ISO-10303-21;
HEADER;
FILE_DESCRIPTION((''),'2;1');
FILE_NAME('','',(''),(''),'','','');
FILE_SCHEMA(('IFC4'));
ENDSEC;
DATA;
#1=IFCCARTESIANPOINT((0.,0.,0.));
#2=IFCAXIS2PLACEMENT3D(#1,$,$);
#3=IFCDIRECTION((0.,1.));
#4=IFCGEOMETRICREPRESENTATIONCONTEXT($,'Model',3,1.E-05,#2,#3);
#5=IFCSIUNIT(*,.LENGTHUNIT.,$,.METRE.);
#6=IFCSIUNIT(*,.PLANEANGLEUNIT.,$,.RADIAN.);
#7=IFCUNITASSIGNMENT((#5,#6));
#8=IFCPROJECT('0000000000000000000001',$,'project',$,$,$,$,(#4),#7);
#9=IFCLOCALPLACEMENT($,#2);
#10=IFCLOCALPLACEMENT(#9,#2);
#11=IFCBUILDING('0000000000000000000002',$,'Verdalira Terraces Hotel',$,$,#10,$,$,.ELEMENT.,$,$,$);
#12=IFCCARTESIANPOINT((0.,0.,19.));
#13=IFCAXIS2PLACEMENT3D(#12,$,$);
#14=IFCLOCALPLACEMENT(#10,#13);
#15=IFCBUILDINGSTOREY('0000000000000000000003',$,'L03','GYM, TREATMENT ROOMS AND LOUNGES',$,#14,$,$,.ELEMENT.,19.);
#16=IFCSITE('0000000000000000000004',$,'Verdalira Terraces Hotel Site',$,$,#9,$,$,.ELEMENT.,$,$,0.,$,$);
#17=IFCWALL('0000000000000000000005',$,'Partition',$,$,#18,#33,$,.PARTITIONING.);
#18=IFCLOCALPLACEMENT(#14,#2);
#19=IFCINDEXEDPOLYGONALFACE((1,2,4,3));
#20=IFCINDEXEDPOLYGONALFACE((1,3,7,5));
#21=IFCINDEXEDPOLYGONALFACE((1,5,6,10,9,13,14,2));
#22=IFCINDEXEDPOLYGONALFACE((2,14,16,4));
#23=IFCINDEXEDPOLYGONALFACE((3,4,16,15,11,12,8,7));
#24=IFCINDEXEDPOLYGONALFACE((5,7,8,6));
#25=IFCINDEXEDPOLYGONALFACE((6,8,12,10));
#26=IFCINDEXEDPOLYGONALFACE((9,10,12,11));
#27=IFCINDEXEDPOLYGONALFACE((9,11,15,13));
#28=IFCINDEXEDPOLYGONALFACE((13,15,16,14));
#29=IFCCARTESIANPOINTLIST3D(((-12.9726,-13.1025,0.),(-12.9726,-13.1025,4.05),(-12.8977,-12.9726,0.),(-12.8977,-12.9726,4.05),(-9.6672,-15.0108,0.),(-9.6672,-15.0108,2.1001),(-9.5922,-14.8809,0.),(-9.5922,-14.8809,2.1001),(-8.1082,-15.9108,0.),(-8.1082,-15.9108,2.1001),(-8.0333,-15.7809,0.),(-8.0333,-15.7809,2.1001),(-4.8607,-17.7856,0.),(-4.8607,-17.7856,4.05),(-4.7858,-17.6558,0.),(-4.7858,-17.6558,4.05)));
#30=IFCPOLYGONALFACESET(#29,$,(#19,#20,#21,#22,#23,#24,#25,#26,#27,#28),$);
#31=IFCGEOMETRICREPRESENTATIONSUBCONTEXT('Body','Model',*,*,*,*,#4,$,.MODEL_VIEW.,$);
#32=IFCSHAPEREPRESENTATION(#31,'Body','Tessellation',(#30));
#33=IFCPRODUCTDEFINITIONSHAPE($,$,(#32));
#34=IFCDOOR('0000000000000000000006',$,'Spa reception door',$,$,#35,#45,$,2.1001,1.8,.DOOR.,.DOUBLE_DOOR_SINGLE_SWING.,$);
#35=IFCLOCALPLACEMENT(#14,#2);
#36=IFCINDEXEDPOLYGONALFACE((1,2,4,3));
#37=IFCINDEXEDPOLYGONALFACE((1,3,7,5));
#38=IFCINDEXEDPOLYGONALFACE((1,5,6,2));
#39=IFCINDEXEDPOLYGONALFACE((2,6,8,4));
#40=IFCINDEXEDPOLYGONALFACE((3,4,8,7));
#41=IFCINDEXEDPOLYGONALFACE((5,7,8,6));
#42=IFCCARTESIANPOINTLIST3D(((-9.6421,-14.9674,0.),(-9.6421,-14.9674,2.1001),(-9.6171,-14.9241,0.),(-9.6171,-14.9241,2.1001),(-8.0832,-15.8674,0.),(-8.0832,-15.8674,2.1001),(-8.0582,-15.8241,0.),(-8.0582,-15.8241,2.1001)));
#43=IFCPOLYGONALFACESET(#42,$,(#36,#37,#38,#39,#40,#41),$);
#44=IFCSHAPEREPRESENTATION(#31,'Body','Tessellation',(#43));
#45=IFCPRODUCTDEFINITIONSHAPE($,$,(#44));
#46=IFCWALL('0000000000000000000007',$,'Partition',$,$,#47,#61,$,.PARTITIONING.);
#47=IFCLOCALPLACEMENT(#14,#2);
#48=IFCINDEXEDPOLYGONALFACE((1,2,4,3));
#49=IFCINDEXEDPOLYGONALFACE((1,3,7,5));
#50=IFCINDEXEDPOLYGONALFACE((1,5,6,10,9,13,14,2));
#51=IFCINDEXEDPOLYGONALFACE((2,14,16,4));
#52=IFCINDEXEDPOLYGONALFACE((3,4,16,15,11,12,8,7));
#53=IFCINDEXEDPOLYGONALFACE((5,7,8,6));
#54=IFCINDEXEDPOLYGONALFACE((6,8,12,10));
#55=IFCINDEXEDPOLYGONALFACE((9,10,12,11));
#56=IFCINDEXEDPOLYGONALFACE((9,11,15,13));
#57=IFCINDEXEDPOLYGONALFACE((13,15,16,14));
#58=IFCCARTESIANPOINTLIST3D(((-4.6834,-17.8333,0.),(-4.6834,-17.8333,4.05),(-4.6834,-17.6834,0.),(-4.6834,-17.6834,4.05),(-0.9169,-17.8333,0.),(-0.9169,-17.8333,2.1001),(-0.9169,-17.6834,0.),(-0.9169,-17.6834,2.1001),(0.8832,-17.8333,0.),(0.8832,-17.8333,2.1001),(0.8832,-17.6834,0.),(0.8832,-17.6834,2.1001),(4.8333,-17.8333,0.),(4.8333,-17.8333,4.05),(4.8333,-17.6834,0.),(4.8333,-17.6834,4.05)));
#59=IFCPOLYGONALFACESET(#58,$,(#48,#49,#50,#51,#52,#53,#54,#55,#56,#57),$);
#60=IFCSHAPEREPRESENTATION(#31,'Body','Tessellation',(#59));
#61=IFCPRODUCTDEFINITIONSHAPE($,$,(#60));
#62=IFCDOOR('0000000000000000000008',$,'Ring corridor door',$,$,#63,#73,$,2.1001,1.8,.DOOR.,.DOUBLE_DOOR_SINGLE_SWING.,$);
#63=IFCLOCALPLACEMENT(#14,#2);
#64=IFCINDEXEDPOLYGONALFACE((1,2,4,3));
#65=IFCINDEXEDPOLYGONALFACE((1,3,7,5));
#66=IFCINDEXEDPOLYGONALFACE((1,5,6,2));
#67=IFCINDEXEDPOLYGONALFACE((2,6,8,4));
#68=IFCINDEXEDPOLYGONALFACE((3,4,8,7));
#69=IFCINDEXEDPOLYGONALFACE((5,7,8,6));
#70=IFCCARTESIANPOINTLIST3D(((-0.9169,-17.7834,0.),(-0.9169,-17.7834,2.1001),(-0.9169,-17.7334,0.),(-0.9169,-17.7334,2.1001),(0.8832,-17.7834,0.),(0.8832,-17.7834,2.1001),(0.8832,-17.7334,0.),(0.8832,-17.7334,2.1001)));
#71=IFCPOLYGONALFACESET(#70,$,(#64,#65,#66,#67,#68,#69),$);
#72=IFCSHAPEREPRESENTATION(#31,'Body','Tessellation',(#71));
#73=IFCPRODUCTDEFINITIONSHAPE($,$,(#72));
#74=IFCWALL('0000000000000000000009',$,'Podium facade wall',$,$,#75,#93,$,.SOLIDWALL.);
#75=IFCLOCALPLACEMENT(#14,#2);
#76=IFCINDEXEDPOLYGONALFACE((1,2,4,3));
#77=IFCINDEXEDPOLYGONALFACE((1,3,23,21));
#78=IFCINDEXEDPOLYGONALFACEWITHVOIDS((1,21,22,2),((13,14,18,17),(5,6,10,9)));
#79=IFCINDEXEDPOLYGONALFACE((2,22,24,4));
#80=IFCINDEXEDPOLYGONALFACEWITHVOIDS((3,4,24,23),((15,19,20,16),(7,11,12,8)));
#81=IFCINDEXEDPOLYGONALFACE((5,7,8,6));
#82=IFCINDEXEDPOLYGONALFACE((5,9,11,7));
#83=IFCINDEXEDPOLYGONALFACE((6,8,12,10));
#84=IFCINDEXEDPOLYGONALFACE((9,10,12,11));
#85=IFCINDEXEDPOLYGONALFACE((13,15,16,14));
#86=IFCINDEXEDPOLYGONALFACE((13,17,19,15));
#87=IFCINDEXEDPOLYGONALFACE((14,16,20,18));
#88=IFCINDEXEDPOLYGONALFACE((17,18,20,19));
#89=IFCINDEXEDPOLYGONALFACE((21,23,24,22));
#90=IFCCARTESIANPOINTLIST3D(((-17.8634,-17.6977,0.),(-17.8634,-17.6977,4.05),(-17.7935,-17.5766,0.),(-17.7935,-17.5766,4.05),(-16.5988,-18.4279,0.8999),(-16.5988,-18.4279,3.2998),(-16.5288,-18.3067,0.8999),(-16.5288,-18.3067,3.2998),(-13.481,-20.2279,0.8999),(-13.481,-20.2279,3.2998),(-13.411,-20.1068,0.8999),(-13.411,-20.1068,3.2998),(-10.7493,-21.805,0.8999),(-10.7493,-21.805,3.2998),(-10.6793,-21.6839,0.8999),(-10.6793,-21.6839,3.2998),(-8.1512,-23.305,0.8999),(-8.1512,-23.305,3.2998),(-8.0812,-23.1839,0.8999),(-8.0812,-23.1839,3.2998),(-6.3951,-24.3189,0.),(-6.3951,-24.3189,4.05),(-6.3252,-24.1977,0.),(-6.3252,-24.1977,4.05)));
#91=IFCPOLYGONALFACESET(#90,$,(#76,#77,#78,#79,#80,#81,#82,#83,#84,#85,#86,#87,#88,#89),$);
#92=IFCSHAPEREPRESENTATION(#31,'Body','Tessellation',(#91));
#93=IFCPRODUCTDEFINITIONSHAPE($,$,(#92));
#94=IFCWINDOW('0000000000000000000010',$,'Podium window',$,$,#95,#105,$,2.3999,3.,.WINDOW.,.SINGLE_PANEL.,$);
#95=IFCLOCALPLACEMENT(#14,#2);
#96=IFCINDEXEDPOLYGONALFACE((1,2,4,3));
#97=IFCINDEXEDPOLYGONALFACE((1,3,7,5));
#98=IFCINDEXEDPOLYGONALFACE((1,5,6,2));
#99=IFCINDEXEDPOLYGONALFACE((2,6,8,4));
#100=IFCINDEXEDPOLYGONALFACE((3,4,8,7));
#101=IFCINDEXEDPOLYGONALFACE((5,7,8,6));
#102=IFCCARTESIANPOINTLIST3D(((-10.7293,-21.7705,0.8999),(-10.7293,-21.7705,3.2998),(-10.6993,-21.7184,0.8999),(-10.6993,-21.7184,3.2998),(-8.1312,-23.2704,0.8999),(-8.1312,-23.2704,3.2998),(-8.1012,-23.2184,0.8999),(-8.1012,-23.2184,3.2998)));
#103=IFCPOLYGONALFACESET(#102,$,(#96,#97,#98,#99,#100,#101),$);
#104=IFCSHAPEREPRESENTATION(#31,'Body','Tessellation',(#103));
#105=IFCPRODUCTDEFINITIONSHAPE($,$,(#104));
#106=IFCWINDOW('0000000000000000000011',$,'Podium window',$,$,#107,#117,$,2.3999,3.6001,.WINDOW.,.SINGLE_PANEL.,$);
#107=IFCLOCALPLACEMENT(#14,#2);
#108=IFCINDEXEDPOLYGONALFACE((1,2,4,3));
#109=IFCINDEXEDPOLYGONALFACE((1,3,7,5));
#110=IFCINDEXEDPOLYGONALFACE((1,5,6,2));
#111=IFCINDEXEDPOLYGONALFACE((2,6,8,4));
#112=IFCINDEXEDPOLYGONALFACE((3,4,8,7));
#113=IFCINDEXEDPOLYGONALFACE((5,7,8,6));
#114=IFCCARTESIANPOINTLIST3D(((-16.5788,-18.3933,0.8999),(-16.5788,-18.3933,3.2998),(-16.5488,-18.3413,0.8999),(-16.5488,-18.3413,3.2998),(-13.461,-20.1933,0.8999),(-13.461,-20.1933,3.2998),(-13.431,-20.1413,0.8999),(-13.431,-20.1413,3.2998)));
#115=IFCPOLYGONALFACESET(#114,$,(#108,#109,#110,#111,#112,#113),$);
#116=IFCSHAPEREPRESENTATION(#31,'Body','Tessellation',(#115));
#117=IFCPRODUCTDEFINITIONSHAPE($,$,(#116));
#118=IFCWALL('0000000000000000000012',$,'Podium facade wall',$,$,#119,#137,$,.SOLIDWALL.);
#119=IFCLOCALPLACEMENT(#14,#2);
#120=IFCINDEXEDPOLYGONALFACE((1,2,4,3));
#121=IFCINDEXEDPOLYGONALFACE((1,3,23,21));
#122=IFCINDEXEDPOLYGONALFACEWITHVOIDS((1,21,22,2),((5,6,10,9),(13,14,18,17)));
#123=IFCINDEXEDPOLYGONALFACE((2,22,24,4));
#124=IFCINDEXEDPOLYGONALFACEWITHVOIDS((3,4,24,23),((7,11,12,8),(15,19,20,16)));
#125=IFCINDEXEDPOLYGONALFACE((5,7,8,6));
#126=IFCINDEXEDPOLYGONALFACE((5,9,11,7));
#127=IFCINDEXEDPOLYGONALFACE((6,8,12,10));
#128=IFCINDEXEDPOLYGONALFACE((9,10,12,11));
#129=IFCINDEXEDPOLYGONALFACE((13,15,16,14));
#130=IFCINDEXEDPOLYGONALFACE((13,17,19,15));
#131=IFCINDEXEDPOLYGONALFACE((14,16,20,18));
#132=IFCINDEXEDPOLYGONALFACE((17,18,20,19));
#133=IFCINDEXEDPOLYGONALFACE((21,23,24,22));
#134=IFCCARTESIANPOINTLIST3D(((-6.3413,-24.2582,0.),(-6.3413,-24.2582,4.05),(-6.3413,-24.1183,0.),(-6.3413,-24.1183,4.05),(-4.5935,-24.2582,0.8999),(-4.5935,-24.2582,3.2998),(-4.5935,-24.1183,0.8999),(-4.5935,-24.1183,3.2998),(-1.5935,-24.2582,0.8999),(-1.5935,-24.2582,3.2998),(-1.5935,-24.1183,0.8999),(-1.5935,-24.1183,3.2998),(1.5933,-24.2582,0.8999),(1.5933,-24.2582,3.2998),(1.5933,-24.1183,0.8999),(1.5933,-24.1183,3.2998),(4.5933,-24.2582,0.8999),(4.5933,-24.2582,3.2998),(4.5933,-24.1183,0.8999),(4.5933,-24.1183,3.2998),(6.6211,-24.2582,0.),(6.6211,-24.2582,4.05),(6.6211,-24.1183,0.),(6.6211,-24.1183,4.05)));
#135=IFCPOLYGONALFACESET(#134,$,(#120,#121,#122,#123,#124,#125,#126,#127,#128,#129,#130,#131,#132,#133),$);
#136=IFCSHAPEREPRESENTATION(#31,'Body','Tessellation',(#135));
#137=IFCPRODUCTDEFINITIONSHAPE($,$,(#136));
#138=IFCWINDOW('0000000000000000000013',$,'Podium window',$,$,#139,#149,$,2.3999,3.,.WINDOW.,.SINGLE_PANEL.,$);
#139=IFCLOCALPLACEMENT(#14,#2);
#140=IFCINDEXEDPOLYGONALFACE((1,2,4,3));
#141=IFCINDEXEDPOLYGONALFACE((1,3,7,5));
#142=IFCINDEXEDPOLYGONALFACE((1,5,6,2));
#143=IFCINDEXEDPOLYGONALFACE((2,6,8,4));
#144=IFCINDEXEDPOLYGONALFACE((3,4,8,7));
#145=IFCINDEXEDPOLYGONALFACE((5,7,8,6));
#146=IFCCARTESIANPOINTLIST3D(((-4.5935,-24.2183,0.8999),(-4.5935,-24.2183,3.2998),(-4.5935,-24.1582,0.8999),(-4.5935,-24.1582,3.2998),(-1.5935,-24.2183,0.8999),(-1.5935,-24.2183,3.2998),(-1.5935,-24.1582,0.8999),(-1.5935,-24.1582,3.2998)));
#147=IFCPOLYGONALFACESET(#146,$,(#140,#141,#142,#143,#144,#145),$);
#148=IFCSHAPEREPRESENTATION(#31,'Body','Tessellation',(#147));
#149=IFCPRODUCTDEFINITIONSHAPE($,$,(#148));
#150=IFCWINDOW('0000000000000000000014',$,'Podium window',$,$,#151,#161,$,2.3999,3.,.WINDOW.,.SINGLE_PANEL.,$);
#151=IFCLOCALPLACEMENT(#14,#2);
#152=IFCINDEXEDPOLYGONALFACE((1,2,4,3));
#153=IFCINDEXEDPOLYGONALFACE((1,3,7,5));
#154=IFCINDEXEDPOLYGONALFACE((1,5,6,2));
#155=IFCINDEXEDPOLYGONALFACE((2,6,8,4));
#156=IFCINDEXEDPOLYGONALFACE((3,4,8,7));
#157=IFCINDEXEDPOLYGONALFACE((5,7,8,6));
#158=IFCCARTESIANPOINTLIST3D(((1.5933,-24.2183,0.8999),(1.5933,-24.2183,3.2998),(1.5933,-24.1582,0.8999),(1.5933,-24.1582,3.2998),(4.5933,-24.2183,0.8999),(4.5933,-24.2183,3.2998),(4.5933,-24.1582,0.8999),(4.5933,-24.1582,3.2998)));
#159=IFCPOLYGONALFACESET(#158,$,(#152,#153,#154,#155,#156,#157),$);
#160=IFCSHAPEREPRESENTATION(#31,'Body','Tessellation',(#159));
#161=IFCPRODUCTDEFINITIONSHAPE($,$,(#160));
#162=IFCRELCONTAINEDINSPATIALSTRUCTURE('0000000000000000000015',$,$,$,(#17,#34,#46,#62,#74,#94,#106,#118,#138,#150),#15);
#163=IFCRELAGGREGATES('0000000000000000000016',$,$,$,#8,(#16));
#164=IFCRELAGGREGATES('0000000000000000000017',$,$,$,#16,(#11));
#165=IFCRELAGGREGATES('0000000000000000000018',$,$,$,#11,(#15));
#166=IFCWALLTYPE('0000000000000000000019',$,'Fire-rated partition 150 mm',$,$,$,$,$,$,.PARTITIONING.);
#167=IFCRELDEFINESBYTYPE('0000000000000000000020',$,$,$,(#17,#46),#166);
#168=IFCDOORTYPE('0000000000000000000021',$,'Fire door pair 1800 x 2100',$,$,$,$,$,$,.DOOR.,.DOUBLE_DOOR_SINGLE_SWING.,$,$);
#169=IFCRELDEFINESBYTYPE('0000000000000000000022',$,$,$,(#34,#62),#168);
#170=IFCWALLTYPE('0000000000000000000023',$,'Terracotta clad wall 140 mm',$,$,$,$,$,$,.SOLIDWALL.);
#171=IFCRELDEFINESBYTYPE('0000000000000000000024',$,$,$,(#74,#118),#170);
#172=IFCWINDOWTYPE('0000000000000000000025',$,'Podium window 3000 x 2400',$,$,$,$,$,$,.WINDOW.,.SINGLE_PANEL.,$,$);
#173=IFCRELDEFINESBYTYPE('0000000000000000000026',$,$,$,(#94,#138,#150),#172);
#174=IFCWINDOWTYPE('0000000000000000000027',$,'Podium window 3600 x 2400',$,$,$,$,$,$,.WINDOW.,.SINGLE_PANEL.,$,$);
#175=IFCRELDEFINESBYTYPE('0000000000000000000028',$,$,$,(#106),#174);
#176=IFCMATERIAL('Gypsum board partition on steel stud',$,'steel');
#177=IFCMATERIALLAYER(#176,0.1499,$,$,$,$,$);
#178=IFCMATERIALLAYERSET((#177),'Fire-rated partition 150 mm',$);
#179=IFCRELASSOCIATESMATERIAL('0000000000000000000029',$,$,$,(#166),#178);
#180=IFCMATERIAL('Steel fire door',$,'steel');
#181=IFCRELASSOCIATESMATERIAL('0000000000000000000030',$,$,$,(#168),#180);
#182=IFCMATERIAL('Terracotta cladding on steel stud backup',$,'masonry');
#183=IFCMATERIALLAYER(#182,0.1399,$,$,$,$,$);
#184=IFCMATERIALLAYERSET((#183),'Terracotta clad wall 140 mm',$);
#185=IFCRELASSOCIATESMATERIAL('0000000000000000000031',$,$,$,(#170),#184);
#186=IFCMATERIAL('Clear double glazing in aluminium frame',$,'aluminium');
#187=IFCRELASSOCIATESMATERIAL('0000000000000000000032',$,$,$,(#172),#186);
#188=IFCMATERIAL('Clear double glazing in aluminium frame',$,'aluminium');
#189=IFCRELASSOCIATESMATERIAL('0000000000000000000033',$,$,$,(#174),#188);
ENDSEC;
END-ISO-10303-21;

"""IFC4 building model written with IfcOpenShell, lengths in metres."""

from ifc_helpers import new_model, si_unit, direction, frame, frame_2d, origin, place, context, subcontext, project, spatial, rectangle, extrude, material, layer, layer_set, type_object, element, fill, save


model = new_model("IFC4")

# Units and contexts
model_context = context("Model", 3, precision=1e-05, world=origin(), true_north=direction((0.0, 1.0)))
body_context = subcontext(model_context, "Body", "Model", "MODEL_VIEW")
ifc_project = project(units=[si_unit("LENGTHUNIT", "METRE"), si_unit("PLANEANGLEUNIT", "RADIAN")], contexts=[model_context])

# Site, building, storey
site_placement = place(None, origin())
site = spatial("IfcSite", under=ifc_project, at=site_placement, Name="Verdalira Terraces Hotel Site", CompositionType="ELEMENT", RefElevation=0.0)
building_placement = place(site_placement, origin())
building = spatial("IfcBuilding", under=site, at=building_placement, Name="Verdalira Terraces Hotel", CompositionType="ELEMENT")
storey_placement = place(building_placement, frame((0.0, 0.0, 19.0)))
storey = spatial("IfcBuildingStorey", under=building, at=storey_placement, Name="L03", Description="GYM, TREATMENT ROOMS AND LOUNGES", CompositionType="ELEMENT", Elevation=19.0)

# Shared definitions
ifc_material_1 = material(Name="Gypsum board partition on steel stud", Category="steel")
ifc_layer_1 = layer(ifc_material_1, 0.1499)
ifc_layer_set_1 = layer_set([ifc_layer_1], Name="Fire-rated partition 150 mm")
wall_type_1 = type_object("IfcWallType", Name="Fire-rated partition 150 mm", PredefinedType="PARTITIONING", material=ifc_layer_set_1)

# Walls, openings, doors
wall_1_placement = place(storey_placement, frame((-4.8232, -17.7207, 0.0), z_axis=(0.0, 0.0, 1.0), x_axis=(-0.866037, 0.49998, 0.0)))
wall_1 = element("IfcWall", 1, at=wall_1_placement, inside=storey, type_object=wall_type_1, Name="Partition", PredefinedType="PARTITIONING", context=body_context, shape_type="SweptSolid", body=[
    extrude(rectangle(XDim=9.3667, YDim=0.1499, at=frame_2d((4.6833, 0.0))), origin(), (0.0, 0.0, 1.0), 4.05),
])
opening_1_placement = place(wall_1_placement, frame((3.75, 0.0, 0.0)))
opening_1 = element("IfcOpeningElement", 2, at=opening_1_placement, cuts=wall_1, PredefinedType="OPENING", context=body_context, shape_type="SweptSolid", body=[
    extrude(rectangle(XDim=1.8, YDim=2.1001, at=frame_2d((0.8999, 1.05))), frame((0.0, 0.085, 0.0), z_axis=(0.0, -1.0, 0.0), x_axis=(1.0, 0.0, 0.0)), (0.0, 0.0, 1.0), 0.1699),
])
ifc_material_2 = material(Name="Steel fire door", Category="steel")
door_type_1 = type_object("IfcDoorType", Name="Fire door pair 1800 x 2100", OperationType="DOUBLE_DOOR_SINGLE_SWING", PredefinedType="DOOR", material=ifc_material_2)
door_1_placement = place(opening_1_placement, origin())
door_1 = element("IfcDoor", 3, at=door_1_placement, inside=storey, type_object=door_type_1, Name="Spa reception door", OperationType="DOUBLE_DOOR_SINGLE_SWING", OverallHeight=2.1001, OverallWidth=1.8, PredefinedType="DOOR", context=body_context, shape_type="SweptSolid", body=[
    extrude(rectangle(XDim=1.8, YDim=2.1001, at=frame_2d((0.8999, 1.05))), frame((0.0, 0.0249, 0.0), z_axis=(0.0, -1.0, 0.0), x_axis=(1.0, 0.0, 0.0)), (0.0, 0.0, 1.0), 0.05),
])
fill(opening_1, door_1)
wall_2_placement = place(storey_placement, frame((-4.6833, -17.7583, 0.0), z_axis=(0.0, 0.0, 1.0), x_axis=(1.0, 0.0, 0.0)))
wall_2 = element("IfcWall", 4, at=wall_2_placement, inside=storey, type_object=wall_type_1, Name="Partition", PredefinedType="PARTITIONING", context=body_context, shape_type="SweptSolid", body=[
    extrude(rectangle(XDim=9.5166, YDim=0.1499, at=frame_2d((4.7583, 0.0))), origin(), (0.0, 0.0, 1.0), 4.05),
])
opening_2_placement = place(wall_2_placement, frame((3.7666, 0.0, 0.0)))
opening_2 = element("IfcOpeningElement", 5, at=opening_2_placement, cuts=wall_2, PredefinedType="OPENING", context=body_context, shape_type="SweptSolid", body=[
    extrude(rectangle(XDim=1.8, YDim=2.1001, at=frame_2d((0.8999, 1.05))), frame((0.0, 0.085, 0.0), z_axis=(0.0, -1.0, 0.0), x_axis=(1.0, 0.0, 0.0)), (0.0, 0.0, 1.0), 0.1699),
])
door_2_placement = place(opening_2_placement, origin())
door_2 = element("IfcDoor", 6, at=door_2_placement, inside=storey, type_object=door_type_1, Name="Ring corridor door", OperationType="DOUBLE_DOOR_SINGLE_SWING", OverallHeight=2.1001, OverallWidth=1.8, PredefinedType="DOOR", context=body_context, shape_type="SweptSolid", body=[
    extrude(rectangle(XDim=1.8, YDim=2.1001, at=frame_2d((0.8999, 1.05))), frame((0.0, 0.0249, 0.0), z_axis=(0.0, -1.0, 0.0), x_axis=(1.0, 0.0, 0.0)), (0.0, 0.0, 1.0), 0.05),
])
fill(opening_2, door_2)

# Walls, openings, windows
ifc_material_3 = material(Name="Terracotta cladding on steel stud backup", Category="masonry")
ifc_layer_2 = layer(ifc_material_3, 0.1399)
ifc_layer_set_2 = layer_set([ifc_layer_2], Name="Terracotta clad wall 140 mm")
wall_type_2 = type_object("IfcWallType", Name="Terracotta clad wall 140 mm", PredefinedType="SOLIDWALL", material=ifc_layer_set_2)
wall_3_placement = place(storey_placement, frame((-17.8284, -17.6372, 0.0), z_axis=(0.0, 0.0, 1.0), x_axis=(0.866029, -0.499994, 0.0)))
wall_3 = element("IfcWall", 7, at=wall_3_placement, inside=storey, type_object=wall_type_2, Name="Podium facade wall", PredefinedType="SOLIDWALL", context=body_context, shape_type="SweptSolid", body=[
    extrude(rectangle(XDim=13.2424, YDim=0.1399, at=frame_2d((6.6211, 0.0))), origin(), (0.0, 0.0, 1.0), 4.05),
])
opening_3_placement = place(wall_3_placement, frame((1.4602, 0.0, 0.8999)))
opening_3 = element("IfcOpeningElement", 8, at=opening_3_placement, cuts=wall_3, PredefinedType="OPENING", context=body_context, shape_type="SweptSolid", body=[
    extrude(rectangle(XDim=3.6001, YDim=2.3999, at=frame_2d((1.8, 1.2))), frame((0.0, 0.0798, 0.0), z_axis=(0.0, -1.0, 0.0), x_axis=(1.0, 0.0, 0.0)), (0.0, 0.0, 1.0), 0.1599),
])
opening_4_placement = place(wall_3_placement, frame((8.2146, 0.0, 0.8999)))
opening_4 = element("IfcOpeningElement", 9, at=opening_4_placement, cuts=wall_3, PredefinedType="OPENING", context=body_context, shape_type="SweptSolid", body=[
    extrude(rectangle(XDim=3.0, YDim=2.3999, at=frame_2d((1.5, 1.2))), frame((0.0, 0.0798, 0.0), z_axis=(0.0, -1.0, 0.0), x_axis=(1.0, 0.0, 0.0)), (0.0, 0.0, 1.0), 0.1599),
])
ifc_material_4 = material(Name="Clear double glazing in aluminium frame", Category="aluminium")
window_type_1 = type_object("IfcWindowType", Name="Podium window 3000 x 2400", PartitioningType="SINGLE_PANEL", PredefinedType="WINDOW", material=ifc_material_4)
window_1_placement = place(opening_4_placement, origin())
window_1 = element("IfcWindow", 10, at=window_1_placement, inside=storey, type_object=window_type_1, Name="Podium window", OverallHeight=2.3999, OverallWidth=3.0, PartitioningType="SINGLE_PANEL", PredefinedType="WINDOW", context=body_context, shape_type="SweptSolid", body=[
    extrude(rectangle(XDim=3.0, YDim=2.3999, at=frame_2d((1.5, 1.2))), frame((0.0, 0.03, 0.0), z_axis=(0.0, -1.0, 0.0), x_axis=(1.0, 0.0, 0.0)), (0.0, 0.0, 1.0), 0.0601),
])
fill(opening_4, window_1)
ifc_material_5 = material(Name="Clear double glazing in aluminium frame", Category="aluminium")
window_type_2 = type_object("IfcWindowType", Name="Podium window 3600 x 2400", PartitioningType="SINGLE_PANEL", PredefinedType="WINDOW", material=ifc_material_5)
window_2_placement = place(opening_3_placement, origin())
window_2 = element("IfcWindow", 11, at=window_2_placement, inside=storey, type_object=window_type_2, Name="Podium window", OverallHeight=2.3999, OverallWidth=3.6001, PartitioningType="SINGLE_PANEL", PredefinedType="WINDOW", context=body_context, shape_type="SweptSolid", body=[
    extrude(rectangle(XDim=3.6001, YDim=2.3999, at=frame_2d((1.8, 1.2))), frame((0.0, 0.03, 0.0), z_axis=(0.0, -1.0, 0.0), x_axis=(1.0, 0.0, 0.0)), (0.0, 0.0, 1.0), 0.0601),
])
fill(opening_3, window_2)
wall_4_placement = place(storey_placement, frame((-6.3413, -24.1882, 0.0), z_axis=(0.0, 0.0, 1.0), x_axis=(1.0, 0.0, 0.0)))
wall_4 = element("IfcWall", 12, at=wall_4_placement, inside=storey, type_object=wall_type_2, Name="Podium facade wall", PredefinedType="SOLIDWALL", context=body_context, shape_type="SweptSolid", body=[
    extrude(rectangle(XDim=12.9624, YDim=0.1399, at=frame_2d((6.4812, 0.0))), origin(), (0.0, 0.0, 1.0), 4.05),
])
opening_5_placement = place(wall_4_placement, frame((1.7478, 0.0, 0.8999)))
opening_5 = element("IfcOpeningElement", 13, at=opening_5_placement, cuts=wall_4, PredefinedType="OPENING", context=body_context, shape_type="SweptSolid", body=[
    extrude(rectangle(XDim=3.0, YDim=2.3999, at=frame_2d((1.5, 1.2))), frame((0.0, 0.0798, 0.0), z_axis=(0.0, -1.0, 0.0), x_axis=(1.0, 0.0, 0.0)), (0.0, 0.0, 1.0), 0.1599),
])
opening_6_placement = place(wall_4_placement, frame((7.9346, 0.0, 0.8999)))
opening_6 = element("IfcOpeningElement", 14, at=opening_6_placement, cuts=wall_4, PredefinedType="OPENING", context=body_context, shape_type="SweptSolid", body=[
    extrude(rectangle(XDim=3.0, YDim=2.3999, at=frame_2d((1.5, 1.2))), frame((0.0, 0.0798, 0.0), z_axis=(0.0, -1.0, 0.0), x_axis=(1.0, 0.0, 0.0)), (0.0, 0.0, 1.0), 0.1599),
])
window_3_placement = place(opening_5_placement, origin())
window_3 = element("IfcWindow", 15, at=window_3_placement, inside=storey, type_object=window_type_1, Name="Podium window", OverallHeight=2.3999, OverallWidth=3.0, PartitioningType="SINGLE_PANEL", PredefinedType="WINDOW", context=body_context, shape_type="SweptSolid", body=[
    extrude(rectangle(XDim=3.0, YDim=2.3999, at=frame_2d((1.5, 1.2))), frame((0.0, 0.03, 0.0), z_axis=(0.0, -1.0, 0.0), x_axis=(1.0, 0.0, 0.0)), (0.0, 0.0, 1.0), 0.0601),
])
fill(opening_5, window_3)
window_4_placement = place(opening_6_placement, origin())
window_4 = element("IfcWindow", 16, at=window_4_placement, inside=storey, type_object=window_type_1, Name="Podium window", OverallHeight=2.3999, OverallWidth=3.0, PartitioningType="SINGLE_PANEL", PredefinedType="WINDOW", context=body_context, shape_type="SweptSolid", body=[
    extrude(rectangle(XDim=3.0, YDim=2.3999, at=frame_2d((1.5, 1.2))), frame((0.0, 0.03, 0.0), z_axis=(0.0, -1.0, 0.0), x_axis=(1.0, 0.0, 0.0)), (0.0, 0.0, 1.0), 0.0601),
])
fill(opening_6, window_4)

save(model, "model.ifc")
